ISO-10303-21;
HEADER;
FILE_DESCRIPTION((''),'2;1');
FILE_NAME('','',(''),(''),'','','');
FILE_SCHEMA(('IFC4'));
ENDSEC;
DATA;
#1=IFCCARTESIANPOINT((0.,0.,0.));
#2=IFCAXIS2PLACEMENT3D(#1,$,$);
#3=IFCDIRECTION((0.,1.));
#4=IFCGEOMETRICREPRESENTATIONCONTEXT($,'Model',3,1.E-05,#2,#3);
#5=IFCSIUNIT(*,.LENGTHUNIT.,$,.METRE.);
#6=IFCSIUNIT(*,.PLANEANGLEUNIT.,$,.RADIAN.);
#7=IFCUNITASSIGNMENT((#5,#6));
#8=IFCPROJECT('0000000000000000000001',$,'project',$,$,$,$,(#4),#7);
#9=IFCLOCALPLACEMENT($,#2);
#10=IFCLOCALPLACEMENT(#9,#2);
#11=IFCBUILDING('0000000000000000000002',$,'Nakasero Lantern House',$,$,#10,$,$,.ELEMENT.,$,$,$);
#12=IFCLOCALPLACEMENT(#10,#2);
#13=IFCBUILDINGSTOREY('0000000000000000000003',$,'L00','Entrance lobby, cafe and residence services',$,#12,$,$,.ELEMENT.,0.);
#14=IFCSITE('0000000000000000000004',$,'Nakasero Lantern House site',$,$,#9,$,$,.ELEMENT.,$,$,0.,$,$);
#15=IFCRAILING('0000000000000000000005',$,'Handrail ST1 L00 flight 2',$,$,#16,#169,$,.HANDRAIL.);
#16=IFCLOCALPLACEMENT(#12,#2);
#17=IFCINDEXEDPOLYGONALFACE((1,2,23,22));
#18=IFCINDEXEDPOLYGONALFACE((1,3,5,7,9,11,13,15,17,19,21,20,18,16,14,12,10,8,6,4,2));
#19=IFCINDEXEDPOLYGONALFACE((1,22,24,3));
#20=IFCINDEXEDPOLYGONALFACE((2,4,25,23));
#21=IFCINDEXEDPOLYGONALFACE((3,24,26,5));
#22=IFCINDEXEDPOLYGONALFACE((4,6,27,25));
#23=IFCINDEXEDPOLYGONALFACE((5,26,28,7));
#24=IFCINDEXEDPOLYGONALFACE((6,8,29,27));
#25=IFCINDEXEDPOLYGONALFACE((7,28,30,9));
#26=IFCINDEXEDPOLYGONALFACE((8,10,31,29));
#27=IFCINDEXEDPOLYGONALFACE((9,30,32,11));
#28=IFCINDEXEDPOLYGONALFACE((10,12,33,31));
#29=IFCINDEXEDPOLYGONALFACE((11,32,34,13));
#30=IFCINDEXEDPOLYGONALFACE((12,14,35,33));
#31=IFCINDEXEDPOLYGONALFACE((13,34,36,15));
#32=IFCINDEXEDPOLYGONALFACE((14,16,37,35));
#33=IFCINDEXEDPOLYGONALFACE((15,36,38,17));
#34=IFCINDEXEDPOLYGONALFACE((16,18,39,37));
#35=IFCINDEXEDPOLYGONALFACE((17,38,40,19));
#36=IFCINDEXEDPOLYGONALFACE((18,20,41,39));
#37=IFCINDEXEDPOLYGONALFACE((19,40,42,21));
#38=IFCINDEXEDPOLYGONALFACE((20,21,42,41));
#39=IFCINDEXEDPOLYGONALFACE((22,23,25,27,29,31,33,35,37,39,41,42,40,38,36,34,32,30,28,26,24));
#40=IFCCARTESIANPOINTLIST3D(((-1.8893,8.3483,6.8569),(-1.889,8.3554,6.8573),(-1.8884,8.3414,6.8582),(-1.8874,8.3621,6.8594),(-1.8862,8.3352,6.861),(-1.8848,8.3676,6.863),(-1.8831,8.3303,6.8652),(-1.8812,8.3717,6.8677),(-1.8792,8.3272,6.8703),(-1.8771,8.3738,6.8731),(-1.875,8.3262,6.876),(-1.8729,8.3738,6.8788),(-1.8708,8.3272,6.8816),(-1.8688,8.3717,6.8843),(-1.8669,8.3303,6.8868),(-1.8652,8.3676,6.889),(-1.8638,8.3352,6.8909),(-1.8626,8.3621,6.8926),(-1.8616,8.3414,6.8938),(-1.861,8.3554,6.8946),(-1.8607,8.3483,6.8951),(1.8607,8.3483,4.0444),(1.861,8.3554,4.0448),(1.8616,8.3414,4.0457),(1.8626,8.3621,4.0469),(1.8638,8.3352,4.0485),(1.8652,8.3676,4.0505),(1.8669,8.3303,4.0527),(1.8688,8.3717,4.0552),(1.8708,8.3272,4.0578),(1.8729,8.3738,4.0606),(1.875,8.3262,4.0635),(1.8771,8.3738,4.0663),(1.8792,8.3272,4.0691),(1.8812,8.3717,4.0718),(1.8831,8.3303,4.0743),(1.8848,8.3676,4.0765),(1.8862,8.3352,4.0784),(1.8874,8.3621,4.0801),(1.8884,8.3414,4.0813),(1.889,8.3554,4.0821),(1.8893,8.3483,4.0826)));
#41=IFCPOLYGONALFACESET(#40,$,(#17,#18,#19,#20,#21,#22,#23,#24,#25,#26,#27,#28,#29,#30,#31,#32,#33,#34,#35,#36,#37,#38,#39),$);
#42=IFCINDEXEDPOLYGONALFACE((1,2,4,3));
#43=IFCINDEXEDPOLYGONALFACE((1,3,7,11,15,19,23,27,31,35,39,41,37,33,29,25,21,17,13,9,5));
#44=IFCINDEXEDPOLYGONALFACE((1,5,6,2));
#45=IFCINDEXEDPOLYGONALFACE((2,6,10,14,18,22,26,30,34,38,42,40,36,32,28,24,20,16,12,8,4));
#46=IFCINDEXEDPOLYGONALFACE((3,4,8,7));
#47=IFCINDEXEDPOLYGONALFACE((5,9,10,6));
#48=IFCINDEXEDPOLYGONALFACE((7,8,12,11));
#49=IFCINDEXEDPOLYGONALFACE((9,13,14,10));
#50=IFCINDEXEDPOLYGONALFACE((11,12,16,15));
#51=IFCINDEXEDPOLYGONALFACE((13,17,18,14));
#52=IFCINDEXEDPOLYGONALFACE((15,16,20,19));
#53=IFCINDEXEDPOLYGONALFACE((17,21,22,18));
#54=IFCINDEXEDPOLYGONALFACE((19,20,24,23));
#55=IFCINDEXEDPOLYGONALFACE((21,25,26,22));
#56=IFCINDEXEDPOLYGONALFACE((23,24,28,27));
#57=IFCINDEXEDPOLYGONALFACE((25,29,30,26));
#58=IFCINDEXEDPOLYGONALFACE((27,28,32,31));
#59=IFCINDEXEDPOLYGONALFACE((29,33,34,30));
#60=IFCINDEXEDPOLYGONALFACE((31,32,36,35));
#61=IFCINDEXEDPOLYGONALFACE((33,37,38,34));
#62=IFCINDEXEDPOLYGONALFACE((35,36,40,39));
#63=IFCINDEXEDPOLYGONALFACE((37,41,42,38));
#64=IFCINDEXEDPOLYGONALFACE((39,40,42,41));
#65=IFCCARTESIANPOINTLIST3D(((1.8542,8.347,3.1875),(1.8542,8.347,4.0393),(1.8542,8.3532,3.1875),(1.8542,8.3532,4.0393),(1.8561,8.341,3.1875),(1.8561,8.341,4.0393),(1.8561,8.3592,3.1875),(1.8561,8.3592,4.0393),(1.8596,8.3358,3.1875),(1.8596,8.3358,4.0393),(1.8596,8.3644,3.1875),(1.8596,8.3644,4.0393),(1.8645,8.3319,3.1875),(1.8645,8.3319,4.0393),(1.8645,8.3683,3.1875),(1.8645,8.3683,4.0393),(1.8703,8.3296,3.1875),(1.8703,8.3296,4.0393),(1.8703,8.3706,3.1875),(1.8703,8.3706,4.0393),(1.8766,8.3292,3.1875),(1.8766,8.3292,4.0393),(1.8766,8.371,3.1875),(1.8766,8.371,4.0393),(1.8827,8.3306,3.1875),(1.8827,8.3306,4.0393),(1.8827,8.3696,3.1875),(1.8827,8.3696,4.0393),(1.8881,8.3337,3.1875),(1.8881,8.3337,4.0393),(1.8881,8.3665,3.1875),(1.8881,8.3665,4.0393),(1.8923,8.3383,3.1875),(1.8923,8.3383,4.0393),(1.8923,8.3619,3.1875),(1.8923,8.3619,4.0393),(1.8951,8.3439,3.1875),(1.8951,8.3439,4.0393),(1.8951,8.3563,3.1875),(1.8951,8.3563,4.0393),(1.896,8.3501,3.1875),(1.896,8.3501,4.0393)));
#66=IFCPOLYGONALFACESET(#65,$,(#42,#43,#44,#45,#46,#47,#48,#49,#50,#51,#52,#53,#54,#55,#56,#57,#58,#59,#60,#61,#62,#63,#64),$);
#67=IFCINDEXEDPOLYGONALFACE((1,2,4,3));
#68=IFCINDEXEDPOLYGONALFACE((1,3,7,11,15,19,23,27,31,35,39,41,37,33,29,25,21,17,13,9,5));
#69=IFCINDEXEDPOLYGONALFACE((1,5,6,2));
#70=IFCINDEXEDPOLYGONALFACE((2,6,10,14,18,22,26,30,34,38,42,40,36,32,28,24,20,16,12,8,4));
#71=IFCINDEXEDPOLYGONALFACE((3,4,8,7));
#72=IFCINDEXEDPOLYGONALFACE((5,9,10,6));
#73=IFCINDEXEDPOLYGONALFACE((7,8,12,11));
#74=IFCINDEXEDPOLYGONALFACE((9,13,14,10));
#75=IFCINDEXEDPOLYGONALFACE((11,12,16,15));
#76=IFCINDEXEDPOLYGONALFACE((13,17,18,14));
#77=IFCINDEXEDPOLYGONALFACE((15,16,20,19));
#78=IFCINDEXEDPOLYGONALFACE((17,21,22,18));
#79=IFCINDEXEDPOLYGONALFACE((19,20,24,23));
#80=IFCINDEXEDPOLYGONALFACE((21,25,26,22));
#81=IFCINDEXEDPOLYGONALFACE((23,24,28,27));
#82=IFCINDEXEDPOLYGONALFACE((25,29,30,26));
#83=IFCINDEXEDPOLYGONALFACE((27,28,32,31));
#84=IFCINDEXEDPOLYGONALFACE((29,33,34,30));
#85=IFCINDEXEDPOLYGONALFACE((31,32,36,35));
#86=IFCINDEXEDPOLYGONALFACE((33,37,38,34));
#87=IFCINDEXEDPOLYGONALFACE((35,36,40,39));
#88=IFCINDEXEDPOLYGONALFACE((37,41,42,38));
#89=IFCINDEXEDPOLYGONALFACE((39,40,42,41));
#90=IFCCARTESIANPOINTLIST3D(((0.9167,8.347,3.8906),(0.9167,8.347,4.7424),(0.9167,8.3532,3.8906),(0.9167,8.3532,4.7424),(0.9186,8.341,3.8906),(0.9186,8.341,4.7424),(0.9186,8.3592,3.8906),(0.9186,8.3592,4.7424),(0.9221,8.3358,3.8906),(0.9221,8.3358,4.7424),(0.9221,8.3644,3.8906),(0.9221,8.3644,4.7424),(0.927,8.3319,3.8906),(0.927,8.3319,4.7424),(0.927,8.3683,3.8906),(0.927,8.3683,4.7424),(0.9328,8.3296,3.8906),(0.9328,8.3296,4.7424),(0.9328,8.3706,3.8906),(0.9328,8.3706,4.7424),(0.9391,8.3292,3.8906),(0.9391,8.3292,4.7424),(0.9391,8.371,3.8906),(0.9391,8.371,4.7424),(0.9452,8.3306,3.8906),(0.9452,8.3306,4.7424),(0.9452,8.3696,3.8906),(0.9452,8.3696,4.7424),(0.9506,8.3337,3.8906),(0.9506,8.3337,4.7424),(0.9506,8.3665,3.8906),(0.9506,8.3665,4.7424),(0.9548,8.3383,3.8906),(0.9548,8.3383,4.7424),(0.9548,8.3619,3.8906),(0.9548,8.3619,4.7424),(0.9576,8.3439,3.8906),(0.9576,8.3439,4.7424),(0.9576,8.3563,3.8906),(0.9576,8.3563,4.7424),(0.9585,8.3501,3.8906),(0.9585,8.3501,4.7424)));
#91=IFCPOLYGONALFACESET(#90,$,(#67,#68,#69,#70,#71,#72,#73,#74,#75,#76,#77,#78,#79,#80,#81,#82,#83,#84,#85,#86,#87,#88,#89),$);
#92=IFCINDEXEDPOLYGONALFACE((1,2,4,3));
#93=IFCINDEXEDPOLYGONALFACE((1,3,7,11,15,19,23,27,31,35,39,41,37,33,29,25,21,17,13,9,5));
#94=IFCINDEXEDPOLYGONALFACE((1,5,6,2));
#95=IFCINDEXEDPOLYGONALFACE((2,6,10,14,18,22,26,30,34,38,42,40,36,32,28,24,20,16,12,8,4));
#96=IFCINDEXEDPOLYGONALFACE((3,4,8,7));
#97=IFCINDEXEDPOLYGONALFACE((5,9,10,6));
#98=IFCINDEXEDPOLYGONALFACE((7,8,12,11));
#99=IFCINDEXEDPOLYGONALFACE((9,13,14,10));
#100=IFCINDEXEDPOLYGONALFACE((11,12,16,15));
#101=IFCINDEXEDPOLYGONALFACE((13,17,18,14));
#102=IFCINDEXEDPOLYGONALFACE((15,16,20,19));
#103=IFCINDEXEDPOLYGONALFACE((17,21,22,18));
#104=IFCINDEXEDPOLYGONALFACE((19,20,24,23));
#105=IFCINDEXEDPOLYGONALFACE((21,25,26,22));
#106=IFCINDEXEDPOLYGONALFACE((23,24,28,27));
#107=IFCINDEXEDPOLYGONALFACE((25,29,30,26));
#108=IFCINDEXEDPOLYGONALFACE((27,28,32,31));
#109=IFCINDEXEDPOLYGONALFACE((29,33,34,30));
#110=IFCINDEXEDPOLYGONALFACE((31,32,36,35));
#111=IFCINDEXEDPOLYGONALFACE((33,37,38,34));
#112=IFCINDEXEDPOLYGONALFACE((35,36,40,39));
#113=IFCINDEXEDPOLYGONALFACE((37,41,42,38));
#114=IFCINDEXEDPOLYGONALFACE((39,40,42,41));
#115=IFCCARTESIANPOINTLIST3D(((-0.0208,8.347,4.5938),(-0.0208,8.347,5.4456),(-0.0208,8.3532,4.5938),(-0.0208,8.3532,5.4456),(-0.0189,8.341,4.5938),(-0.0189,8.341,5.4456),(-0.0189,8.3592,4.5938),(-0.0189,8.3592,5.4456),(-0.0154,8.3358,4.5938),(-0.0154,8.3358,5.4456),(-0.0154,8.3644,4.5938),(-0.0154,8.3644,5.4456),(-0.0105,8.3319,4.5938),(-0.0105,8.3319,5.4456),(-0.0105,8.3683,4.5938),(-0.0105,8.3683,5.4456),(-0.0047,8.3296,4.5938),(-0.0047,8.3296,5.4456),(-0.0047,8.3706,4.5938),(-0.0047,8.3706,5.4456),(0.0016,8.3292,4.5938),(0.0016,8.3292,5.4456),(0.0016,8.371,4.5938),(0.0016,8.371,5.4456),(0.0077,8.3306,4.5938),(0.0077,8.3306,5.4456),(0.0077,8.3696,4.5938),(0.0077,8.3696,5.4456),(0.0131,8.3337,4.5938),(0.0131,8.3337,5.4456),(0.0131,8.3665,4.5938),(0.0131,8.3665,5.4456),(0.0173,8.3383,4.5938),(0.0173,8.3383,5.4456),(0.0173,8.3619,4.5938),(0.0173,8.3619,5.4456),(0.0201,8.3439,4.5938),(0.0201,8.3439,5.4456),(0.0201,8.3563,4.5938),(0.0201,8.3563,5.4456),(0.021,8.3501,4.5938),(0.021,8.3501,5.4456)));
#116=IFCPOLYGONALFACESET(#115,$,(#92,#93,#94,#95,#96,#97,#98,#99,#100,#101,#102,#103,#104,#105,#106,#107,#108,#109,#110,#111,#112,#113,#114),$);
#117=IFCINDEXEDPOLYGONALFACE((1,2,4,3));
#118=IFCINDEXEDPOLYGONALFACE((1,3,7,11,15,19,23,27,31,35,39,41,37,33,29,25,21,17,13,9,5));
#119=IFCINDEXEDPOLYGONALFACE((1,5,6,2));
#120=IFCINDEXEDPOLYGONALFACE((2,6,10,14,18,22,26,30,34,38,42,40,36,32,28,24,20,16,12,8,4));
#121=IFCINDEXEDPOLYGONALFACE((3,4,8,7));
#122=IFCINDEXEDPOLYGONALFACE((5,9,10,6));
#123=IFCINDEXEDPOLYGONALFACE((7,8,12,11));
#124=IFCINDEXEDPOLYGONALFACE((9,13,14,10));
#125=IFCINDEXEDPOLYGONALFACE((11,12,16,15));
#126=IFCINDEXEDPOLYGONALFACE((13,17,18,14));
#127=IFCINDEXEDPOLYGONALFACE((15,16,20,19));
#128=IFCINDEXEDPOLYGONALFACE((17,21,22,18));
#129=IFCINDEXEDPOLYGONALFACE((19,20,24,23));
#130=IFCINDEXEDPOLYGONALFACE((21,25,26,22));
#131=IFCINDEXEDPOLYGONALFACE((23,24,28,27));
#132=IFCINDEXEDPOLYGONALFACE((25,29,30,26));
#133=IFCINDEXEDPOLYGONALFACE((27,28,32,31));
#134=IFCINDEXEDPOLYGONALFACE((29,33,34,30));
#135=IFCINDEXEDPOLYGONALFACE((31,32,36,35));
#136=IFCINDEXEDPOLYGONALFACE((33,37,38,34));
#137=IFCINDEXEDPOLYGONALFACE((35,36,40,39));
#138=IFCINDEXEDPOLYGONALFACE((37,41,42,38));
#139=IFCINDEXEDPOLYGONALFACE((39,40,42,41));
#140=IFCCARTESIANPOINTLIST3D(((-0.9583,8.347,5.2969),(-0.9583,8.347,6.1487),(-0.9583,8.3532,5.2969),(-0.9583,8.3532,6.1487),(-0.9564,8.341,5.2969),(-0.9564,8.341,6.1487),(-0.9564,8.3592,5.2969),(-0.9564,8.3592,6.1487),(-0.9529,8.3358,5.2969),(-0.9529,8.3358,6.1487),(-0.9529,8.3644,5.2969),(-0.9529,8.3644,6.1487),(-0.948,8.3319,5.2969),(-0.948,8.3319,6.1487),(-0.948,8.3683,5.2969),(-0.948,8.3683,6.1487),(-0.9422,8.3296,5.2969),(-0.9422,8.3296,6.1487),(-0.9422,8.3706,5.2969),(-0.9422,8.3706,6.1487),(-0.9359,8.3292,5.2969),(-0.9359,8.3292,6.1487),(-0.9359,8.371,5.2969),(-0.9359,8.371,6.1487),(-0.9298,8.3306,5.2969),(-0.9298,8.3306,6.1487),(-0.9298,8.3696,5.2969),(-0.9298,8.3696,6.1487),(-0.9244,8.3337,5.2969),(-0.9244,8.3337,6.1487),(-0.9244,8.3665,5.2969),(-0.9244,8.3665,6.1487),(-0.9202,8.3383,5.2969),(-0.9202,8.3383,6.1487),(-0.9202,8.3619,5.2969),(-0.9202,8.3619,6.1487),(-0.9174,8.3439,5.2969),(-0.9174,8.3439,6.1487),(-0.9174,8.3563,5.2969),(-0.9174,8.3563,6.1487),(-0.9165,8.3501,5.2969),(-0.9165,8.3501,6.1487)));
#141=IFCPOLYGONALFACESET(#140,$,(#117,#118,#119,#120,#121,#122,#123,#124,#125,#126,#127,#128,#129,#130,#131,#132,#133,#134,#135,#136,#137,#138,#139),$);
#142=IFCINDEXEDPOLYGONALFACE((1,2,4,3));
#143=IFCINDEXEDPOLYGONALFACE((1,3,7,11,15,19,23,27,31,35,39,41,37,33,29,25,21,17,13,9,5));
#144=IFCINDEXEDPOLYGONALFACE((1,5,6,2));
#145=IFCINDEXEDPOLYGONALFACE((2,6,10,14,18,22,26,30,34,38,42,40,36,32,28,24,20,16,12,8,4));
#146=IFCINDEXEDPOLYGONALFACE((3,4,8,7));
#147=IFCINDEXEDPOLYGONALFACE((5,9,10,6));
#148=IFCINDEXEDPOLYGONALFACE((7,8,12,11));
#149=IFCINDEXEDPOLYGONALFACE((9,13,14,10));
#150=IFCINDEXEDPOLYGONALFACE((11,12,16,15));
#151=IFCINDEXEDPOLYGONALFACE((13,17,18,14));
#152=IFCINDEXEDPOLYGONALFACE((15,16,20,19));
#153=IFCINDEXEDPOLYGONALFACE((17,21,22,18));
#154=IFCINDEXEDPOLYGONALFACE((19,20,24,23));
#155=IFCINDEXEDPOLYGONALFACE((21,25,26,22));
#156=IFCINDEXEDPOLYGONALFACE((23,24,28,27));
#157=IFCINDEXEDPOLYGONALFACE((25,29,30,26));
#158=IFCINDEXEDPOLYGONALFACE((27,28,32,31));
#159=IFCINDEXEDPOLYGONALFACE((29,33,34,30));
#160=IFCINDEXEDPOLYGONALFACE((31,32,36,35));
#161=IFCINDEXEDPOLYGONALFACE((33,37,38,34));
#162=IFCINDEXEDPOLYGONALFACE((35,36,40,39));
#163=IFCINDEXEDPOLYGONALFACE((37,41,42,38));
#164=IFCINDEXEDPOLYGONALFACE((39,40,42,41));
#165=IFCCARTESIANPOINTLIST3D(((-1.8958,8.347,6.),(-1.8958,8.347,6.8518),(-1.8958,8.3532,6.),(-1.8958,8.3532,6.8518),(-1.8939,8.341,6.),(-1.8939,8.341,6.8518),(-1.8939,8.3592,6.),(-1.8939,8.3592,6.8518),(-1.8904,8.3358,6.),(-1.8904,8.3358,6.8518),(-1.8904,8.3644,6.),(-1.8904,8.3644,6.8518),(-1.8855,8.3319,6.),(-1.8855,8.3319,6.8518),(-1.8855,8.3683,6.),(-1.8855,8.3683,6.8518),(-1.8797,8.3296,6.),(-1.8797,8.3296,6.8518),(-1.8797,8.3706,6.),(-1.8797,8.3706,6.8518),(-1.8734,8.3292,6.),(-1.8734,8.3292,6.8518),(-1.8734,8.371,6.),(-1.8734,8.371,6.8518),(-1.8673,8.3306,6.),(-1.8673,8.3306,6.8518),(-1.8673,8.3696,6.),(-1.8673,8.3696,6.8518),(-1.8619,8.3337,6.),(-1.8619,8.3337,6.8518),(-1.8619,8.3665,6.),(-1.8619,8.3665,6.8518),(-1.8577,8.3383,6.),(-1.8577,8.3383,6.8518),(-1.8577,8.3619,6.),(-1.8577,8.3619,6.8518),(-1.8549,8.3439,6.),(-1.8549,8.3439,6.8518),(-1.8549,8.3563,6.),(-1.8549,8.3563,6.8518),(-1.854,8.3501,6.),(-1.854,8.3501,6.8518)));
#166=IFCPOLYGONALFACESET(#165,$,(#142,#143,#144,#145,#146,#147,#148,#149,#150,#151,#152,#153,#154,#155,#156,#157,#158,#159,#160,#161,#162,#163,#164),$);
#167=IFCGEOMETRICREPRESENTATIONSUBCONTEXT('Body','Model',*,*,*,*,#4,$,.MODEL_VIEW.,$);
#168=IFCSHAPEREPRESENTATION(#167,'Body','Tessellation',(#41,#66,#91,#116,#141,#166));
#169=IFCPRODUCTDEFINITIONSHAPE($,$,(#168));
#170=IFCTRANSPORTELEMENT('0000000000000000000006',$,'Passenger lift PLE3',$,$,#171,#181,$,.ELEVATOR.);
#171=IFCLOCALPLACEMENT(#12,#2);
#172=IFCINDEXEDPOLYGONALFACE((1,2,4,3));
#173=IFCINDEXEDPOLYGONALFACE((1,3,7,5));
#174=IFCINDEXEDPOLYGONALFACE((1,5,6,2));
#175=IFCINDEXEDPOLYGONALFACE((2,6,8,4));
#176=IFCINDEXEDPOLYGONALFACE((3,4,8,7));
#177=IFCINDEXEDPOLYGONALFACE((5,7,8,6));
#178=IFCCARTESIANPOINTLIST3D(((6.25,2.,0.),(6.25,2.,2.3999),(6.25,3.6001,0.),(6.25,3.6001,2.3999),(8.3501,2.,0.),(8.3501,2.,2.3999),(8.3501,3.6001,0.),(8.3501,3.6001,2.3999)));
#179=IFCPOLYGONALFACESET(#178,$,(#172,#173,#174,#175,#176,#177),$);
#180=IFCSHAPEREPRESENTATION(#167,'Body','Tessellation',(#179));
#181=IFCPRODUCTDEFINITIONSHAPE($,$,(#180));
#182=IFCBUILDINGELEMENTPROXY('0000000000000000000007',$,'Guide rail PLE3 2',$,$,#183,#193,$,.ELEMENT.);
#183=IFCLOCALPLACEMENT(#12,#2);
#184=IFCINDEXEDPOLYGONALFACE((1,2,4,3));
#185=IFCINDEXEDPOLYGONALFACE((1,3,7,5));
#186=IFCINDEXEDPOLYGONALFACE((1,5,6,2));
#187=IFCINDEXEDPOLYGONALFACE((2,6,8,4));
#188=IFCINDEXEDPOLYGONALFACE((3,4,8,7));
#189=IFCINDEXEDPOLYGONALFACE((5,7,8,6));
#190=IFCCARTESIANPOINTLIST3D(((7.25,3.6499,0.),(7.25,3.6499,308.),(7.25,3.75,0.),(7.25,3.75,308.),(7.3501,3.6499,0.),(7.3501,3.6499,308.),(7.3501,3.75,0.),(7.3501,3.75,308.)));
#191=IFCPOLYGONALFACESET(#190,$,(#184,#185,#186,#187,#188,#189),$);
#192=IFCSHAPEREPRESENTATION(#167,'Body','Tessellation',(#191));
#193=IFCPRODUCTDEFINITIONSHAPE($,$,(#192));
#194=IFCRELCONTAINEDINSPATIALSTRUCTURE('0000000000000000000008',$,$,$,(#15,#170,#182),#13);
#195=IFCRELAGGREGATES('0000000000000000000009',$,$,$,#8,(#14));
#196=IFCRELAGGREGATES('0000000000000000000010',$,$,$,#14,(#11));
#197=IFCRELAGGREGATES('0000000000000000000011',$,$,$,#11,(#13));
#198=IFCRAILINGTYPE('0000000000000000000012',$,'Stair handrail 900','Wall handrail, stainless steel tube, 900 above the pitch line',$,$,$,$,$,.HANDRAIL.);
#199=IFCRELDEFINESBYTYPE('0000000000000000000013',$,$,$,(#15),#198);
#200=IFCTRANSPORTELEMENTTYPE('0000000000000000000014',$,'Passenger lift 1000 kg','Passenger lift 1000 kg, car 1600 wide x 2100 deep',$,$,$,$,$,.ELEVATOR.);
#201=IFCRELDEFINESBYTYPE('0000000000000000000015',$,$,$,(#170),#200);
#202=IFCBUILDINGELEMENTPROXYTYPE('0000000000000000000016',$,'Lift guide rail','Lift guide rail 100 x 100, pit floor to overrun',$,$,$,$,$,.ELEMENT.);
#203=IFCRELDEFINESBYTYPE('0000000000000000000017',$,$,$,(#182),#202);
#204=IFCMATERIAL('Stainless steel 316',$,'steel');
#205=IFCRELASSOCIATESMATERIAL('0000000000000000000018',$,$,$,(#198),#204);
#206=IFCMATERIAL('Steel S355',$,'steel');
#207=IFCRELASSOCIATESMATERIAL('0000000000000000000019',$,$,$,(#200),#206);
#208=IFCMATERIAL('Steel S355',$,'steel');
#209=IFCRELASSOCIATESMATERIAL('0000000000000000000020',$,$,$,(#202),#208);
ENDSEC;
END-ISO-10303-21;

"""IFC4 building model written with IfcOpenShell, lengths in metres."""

from ifc_helpers import new_model, si_unit, direction, frame, origin, origin_2d, place, context, subcontext, project, spatial, rectangle, circle, extrude, material, type_object, element, save


model = new_model("IFC4")

# Units and contexts
model_context = context("Model", 3, precision=1e-05, world=origin(), true_north=direction((0.0, 1.0)))
body_context = subcontext(model_context, "Body", "Model", "MODEL_VIEW")
ifc_project = project(units=[si_unit("LENGTHUNIT", "METRE"), si_unit("PLANEANGLEUNIT", "RADIAN")], contexts=[model_context])

# Site, building, storey
site_placement = place(None, origin())
site = spatial("IfcSite", under=ifc_project, at=site_placement, Name="Nakasero Lantern House site", CompositionType="ELEMENT", RefElevation=0.0)
building_placement = place(site_placement, origin())
building = spatial("IfcBuilding", under=site, at=building_placement, Name="Nakasero Lantern House", CompositionType="ELEMENT")
storey_placement = place(building_placement, origin())
storey = spatial("IfcBuildingStorey", under=building, at=storey_placement, Name="L00", Description="Entrance lobby, cafe and residence services", CompositionType="ELEMENT", Elevation=0.0)

# Railing
ifc_material_1 = material(Name="Stainless steel 316", Category="steel")
railing_type = type_object("IfcRailingType", Name="Stair handrail 900", Description="Wall handrail, stainless steel tube, 900 above the pitch line", PredefinedType="HANDRAIL", material=ifc_material_1)
railing_placement = place(storey_placement, frame((1.875, 8.3501, 3.1875)))
element("IfcRailing", 1, at=railing_placement, inside=storey, type_object=railing_type, Name="Handrail ST1 L00 flight 2", PredefinedType="HANDRAIL", context=body_context, shape_type="SweptSolid", body=[
    extrude(circle(Radius=0.0239, at=origin_2d()), frame((0.0, 0.0, 0.876), z_axis=(-0.8, 0.0, 0.6), x_axis=(0.0, -1.0, 0.0)), (0.0, 0.0, 1.0), 4.6875),
    extrude(circle(Radius=0.021, at=origin_2d()), origin(), (0.0, 0.0, 1.0), 0.8518),
    extrude(circle(Radius=0.021, at=origin_2d()), frame((-0.9375, 0.0, 0.7031)), (0.0, 0.0, 1.0), 0.8518),
    extrude(circle(Radius=0.021, at=origin_2d()), frame((-1.875, 0.0, 1.4062)), (0.0, 0.0, 1.0), 0.8518),
    extrude(circle(Radius=0.021, at=origin_2d()), frame((-2.8125, 0.0, 2.1094)), (0.0, 0.0, 1.0), 0.8518),
    extrude(circle(Radius=0.021, at=origin_2d()), frame((-3.75, 0.0, 2.8125)), (0.0, 0.0, 1.0), 0.8518),
])

# Transport element
ifc_material_2 = material(Name="Steel S355", Category="steel")
transport_element_type = type_object("IfcTransportElementType", Name="Passenger lift 1000 kg", Description="Passenger lift 1000 kg, car 1600 wide x 2100 deep", PredefinedType="ELEVATOR", material=ifc_material_2)
transport_element_placement = place(storey_placement, frame((7.3, 2.8, 0.0), z_axis=(0.0, 0.0, 1.0), x_axis=(1.0, 0.0, 0.0)))
element("IfcTransportElement", 2, at=transport_element_placement, inside=storey, type_object=transport_element_type, Name="Passenger lift PLE3", PredefinedType="ELEVATOR", context=body_context, shape_type="SweptSolid", body=[
    extrude(rectangle(XDim=2.1001, YDim=1.6001, at=origin_2d()), origin(), (0.0, 0.0, 1.0), 2.3999),
])

# Building element proxy
ifc_material_3 = material(Name="Steel S355", Category="steel")
building_element_proxy_type = type_object("IfcBuildingElementProxyType", Name="Lift guide rail", Description="Lift guide rail 100 x 100, pit floor to overrun", PredefinedType="ELEMENT", material=ifc_material_3)
proxy_placement = place(storey_placement, frame((7.3, 3.7, 0.0), z_axis=(0.0, 0.0, 1.0), x_axis=(1.0, 0.0, 0.0)))
element("IfcBuildingElementProxy", 3, at=proxy_placement, inside=storey, type_object=building_element_proxy_type, Name="Guide rail PLE3 2", PredefinedType="ELEMENT", context=body_context, shape_type="SweptSolid", body=[
    extrude(rectangle(XDim=0.1001, YDim=0.1001, at=origin_2d()), origin(), (0.0, 0.0, 1.0), 308.0),
])

save(model, "model.ifc")
